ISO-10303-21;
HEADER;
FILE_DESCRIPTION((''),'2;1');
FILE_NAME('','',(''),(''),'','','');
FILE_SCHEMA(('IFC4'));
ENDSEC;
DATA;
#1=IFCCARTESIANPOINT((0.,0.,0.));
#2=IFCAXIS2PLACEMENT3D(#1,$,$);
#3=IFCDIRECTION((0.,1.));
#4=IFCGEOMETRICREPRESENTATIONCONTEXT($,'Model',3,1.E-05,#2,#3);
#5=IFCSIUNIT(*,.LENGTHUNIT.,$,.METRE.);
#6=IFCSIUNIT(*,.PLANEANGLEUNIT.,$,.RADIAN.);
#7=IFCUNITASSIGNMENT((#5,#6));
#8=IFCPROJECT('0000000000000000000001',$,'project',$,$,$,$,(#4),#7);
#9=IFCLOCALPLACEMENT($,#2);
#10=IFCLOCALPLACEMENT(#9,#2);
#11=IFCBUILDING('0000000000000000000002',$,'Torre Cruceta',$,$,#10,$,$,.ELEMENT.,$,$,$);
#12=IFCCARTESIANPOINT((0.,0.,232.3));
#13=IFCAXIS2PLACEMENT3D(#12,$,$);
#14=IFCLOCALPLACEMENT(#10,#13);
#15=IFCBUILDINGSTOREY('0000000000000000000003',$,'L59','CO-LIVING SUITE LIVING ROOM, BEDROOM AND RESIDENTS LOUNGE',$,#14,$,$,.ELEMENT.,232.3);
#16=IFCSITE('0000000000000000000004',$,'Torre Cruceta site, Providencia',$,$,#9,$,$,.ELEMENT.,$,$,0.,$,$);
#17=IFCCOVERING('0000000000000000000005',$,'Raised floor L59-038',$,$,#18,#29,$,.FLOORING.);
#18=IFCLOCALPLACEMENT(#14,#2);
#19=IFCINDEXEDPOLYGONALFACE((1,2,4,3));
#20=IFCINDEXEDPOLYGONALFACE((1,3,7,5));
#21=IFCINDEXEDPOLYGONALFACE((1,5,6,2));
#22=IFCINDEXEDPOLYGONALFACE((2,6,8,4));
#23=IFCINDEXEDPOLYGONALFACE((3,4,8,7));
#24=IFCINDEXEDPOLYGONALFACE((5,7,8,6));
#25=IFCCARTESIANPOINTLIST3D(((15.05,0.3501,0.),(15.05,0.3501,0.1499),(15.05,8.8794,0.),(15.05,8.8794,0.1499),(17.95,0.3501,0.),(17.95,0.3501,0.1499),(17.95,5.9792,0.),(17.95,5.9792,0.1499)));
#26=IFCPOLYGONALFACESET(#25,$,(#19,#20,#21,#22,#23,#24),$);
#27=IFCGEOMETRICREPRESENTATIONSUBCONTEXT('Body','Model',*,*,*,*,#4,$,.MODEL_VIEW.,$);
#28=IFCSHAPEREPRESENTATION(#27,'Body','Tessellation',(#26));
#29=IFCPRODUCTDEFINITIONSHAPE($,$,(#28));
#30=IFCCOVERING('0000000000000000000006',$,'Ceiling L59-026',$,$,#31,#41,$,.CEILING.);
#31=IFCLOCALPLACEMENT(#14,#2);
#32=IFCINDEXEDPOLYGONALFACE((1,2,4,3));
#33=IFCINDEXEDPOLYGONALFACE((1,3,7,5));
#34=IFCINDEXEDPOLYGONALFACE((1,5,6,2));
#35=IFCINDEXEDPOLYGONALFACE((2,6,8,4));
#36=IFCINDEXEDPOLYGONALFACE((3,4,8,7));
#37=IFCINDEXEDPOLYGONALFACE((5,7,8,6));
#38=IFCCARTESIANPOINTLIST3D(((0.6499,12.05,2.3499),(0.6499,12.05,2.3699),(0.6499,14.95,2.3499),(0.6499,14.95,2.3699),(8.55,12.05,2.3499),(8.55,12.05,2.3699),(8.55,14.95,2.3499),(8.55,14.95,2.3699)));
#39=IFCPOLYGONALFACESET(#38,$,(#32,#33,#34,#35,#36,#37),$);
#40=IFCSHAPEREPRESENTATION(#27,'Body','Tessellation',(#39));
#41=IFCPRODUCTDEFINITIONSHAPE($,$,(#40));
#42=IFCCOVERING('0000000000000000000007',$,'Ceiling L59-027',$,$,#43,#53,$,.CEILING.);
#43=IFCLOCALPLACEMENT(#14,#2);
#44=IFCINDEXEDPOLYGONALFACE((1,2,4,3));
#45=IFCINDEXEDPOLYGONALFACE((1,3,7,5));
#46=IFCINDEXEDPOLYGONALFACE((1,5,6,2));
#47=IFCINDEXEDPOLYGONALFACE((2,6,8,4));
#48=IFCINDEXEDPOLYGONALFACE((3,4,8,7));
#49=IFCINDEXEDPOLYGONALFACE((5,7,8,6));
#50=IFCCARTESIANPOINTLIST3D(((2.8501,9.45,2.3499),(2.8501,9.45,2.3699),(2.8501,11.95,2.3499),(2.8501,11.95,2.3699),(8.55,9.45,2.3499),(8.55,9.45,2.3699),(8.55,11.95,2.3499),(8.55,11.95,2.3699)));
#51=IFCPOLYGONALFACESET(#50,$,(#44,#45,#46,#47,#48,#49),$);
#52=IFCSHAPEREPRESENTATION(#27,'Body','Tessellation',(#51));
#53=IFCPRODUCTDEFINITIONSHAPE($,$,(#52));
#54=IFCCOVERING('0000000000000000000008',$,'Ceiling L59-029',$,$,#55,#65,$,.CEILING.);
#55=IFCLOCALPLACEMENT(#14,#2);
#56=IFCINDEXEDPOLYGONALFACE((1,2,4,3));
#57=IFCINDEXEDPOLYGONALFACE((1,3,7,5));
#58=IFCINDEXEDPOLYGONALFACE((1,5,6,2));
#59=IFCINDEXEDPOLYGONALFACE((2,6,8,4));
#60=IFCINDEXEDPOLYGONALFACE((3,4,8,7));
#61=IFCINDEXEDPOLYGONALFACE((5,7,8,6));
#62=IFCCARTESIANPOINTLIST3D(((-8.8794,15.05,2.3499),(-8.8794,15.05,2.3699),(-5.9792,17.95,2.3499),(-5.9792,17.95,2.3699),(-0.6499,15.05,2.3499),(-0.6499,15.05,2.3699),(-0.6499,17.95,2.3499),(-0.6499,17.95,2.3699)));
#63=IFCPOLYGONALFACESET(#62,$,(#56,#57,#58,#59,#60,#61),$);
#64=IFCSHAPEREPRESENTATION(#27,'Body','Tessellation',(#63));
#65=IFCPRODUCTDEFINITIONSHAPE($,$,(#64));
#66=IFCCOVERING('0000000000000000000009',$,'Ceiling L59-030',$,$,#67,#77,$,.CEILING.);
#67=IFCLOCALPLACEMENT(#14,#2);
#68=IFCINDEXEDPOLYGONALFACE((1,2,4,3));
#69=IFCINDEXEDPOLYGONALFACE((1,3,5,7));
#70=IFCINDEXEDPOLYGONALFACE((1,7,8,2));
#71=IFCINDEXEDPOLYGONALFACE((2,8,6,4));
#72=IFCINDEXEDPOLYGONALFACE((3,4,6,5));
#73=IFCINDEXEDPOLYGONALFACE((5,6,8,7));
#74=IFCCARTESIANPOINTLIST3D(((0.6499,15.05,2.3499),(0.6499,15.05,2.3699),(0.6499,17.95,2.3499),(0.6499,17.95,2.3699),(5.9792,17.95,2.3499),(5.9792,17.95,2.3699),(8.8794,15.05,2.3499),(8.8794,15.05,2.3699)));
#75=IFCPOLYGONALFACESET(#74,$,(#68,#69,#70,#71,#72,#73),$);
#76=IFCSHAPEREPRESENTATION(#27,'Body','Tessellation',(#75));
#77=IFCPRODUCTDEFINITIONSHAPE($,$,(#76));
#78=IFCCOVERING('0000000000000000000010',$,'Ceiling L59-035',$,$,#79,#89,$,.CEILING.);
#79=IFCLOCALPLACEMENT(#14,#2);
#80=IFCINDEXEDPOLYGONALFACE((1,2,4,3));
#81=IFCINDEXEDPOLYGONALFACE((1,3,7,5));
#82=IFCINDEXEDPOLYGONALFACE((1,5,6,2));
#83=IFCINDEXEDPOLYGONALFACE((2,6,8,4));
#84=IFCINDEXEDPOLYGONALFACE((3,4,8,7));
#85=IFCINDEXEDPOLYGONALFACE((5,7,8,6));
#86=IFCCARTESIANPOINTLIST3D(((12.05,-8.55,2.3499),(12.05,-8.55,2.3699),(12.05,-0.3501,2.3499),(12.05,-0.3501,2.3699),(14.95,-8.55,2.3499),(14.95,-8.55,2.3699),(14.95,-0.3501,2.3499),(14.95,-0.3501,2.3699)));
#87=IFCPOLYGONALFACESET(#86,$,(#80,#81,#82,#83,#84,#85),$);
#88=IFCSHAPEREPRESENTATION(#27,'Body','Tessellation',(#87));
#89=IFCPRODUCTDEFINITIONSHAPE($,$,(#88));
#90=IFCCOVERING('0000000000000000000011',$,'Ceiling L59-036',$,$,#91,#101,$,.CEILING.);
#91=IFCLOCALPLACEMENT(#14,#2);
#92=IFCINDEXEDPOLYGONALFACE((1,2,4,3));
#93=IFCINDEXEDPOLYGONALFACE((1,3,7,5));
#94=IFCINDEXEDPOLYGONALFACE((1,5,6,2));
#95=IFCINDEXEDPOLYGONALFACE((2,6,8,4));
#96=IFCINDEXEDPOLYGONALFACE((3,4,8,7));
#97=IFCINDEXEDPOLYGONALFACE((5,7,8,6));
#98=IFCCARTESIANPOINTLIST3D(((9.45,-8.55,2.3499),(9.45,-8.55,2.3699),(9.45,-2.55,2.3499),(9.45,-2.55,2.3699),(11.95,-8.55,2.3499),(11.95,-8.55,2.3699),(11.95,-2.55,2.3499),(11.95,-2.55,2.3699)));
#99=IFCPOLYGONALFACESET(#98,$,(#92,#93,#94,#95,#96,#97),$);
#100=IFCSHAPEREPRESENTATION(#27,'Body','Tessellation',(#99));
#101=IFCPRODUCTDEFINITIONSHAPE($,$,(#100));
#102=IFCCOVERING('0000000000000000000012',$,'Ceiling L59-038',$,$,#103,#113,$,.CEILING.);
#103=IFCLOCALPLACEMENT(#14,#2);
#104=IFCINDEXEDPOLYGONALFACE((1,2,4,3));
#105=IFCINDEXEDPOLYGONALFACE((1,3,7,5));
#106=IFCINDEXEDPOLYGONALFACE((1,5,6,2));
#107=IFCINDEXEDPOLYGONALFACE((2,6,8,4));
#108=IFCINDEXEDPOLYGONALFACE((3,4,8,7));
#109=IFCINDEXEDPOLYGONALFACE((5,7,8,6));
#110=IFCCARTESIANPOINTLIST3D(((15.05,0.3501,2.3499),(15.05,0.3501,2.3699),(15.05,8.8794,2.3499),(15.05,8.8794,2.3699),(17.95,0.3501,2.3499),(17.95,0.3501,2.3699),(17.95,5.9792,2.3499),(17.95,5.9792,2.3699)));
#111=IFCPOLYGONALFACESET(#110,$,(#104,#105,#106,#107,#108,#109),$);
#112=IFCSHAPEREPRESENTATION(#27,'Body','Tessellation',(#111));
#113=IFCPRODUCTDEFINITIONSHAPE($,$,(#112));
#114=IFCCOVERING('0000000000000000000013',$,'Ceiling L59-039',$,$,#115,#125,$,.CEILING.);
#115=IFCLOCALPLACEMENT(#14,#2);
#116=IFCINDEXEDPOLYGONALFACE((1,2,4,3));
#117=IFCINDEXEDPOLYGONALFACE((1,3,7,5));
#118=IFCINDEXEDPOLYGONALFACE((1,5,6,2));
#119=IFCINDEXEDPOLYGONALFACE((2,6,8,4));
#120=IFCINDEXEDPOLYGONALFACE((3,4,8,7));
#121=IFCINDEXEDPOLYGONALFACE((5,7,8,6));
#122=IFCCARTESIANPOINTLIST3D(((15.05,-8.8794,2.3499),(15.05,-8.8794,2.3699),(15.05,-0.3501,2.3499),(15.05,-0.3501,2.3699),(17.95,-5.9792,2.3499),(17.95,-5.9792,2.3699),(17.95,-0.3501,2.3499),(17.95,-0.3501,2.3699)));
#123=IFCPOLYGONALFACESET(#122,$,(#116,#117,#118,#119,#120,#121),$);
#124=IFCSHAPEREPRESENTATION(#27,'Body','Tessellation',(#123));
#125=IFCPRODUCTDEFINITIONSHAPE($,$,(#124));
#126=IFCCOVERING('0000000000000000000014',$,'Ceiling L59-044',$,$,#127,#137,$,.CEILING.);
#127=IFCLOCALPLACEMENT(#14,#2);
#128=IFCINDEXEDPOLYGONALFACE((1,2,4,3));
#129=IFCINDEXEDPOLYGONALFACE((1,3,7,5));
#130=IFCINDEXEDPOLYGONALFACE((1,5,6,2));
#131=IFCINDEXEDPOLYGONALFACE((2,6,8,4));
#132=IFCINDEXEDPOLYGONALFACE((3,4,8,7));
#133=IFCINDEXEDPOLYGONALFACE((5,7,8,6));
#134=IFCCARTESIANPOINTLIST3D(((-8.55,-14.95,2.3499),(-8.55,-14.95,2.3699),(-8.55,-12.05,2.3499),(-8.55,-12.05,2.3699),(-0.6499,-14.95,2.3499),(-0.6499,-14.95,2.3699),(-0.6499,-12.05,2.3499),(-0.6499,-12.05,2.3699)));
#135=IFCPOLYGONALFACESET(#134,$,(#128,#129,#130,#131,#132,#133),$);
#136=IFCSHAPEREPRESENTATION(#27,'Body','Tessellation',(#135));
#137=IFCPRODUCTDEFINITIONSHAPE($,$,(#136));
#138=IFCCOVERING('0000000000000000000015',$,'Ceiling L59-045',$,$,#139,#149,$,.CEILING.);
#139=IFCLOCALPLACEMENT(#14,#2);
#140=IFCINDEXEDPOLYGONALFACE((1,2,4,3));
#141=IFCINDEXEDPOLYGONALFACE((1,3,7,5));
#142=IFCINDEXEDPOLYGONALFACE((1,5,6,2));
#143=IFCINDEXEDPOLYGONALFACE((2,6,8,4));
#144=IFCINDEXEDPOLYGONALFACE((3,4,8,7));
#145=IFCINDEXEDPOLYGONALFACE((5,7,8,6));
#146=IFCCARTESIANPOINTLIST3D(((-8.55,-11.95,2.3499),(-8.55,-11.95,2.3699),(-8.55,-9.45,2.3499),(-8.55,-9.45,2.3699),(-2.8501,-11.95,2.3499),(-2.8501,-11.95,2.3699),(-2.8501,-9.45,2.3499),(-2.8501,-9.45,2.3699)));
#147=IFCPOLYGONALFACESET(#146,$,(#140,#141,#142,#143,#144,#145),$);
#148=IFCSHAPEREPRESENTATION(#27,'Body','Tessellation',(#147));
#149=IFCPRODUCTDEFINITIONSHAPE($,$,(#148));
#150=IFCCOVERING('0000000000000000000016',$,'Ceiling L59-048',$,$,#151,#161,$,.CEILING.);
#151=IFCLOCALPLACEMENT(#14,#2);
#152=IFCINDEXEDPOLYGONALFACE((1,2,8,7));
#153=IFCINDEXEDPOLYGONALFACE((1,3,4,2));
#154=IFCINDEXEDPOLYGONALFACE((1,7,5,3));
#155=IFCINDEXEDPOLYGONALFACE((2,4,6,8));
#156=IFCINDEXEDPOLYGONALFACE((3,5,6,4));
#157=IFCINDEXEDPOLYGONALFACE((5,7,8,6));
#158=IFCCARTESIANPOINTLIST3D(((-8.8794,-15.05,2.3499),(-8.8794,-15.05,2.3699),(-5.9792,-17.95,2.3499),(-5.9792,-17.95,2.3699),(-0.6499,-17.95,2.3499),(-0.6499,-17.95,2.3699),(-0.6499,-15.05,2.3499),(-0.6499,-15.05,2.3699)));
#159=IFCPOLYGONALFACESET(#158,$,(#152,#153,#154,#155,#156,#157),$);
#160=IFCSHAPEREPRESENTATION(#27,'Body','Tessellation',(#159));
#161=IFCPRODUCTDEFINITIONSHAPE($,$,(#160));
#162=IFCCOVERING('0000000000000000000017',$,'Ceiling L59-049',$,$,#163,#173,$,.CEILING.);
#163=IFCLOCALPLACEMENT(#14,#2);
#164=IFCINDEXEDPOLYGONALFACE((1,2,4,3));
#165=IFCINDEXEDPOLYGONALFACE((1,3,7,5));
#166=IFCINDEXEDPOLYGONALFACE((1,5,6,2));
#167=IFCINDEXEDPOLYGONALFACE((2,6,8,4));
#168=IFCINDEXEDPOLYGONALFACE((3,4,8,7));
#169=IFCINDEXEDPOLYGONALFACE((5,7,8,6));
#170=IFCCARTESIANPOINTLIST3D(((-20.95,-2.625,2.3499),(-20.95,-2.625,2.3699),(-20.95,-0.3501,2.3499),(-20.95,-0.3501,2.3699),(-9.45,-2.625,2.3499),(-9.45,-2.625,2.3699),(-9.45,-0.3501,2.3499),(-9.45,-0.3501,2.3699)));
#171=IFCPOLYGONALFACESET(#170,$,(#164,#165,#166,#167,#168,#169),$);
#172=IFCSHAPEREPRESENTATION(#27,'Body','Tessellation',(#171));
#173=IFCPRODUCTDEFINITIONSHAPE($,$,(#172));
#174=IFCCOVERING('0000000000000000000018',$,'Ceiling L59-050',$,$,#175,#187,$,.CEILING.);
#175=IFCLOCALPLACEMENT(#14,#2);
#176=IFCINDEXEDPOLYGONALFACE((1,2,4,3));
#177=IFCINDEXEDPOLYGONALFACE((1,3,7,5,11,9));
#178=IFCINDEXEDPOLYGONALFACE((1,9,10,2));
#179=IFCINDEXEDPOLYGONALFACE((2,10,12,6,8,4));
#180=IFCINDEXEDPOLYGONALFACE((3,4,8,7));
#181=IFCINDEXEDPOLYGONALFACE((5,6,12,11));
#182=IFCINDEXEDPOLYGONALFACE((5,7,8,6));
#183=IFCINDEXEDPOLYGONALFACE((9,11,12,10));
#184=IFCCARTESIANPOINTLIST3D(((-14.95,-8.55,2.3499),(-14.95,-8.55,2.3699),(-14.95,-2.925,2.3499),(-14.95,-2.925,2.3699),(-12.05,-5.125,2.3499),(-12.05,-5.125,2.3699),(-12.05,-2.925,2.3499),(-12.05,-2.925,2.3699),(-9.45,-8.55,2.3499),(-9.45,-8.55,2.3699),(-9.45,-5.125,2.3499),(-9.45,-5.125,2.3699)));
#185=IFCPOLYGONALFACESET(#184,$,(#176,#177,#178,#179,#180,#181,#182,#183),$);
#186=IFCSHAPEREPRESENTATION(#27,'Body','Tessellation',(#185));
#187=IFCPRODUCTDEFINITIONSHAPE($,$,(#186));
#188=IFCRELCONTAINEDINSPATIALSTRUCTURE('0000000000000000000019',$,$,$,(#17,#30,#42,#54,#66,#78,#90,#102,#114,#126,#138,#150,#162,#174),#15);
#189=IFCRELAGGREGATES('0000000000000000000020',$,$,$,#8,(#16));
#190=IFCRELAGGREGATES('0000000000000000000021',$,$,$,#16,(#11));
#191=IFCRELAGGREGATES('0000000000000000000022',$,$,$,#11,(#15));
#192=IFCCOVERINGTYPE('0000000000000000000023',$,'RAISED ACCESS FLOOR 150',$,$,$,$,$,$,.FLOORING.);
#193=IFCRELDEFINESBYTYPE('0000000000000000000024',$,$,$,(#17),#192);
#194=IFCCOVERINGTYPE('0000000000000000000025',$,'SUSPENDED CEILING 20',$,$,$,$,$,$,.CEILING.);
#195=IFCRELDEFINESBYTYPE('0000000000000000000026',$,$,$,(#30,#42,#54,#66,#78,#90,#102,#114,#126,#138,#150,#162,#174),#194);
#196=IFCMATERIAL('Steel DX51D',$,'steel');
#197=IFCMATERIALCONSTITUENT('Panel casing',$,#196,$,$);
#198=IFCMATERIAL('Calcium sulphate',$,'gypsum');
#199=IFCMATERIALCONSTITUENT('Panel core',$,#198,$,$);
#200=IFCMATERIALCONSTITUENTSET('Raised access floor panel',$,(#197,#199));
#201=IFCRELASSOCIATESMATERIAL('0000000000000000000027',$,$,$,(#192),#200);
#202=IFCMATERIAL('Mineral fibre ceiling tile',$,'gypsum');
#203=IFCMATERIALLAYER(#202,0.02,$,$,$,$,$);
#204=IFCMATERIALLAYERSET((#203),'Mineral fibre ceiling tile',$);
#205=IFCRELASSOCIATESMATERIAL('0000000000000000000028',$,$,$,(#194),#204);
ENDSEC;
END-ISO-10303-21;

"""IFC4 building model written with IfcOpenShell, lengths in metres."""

from ifc_helpers import new_model, si_unit, direction, frame, origin, place, context, subcontext, project, spatial, polyline, outline, extrude, material, layer, layer_set, constituent, constituent_set, type_object, element, save


model = new_model("IFC4")

# Units and contexts
model_context = context("Model", 3, precision=1e-05, world=origin(), true_north=direction((0.0, 1.0)))
body_context = subcontext(model_context, "Body", "Model", "MODEL_VIEW")
ifc_project = project(units=[si_unit("LENGTHUNIT", "METRE"), si_unit("PLANEANGLEUNIT", "RADIAN")], contexts=[model_context])

# Site, building, storey
site_placement = place(None, origin())
site = spatial("IfcSite", under=ifc_project, at=site_placement, Name="Torre Cruceta site, Providencia", CompositionType="ELEMENT", RefElevation=0.0)
building_placement = place(site_placement, origin())
building = spatial("IfcBuilding", under=site, at=building_placement, Name="Torre Cruceta", CompositionType="ELEMENT")
storey_placement = place(building_placement, frame((0.0, 0.0, 232.3)))
storey = spatial("IfcBuildingStorey", under=building, at=storey_placement, Name="L59", Description="CO-LIVING SUITE LIVING ROOM, BEDROOM AND RESIDENTS LOUNGE", CompositionType="ELEMENT", Elevation=232.3)

# Coverings
ifc_material_1 = material(Name="Steel DX51D", Category="steel")
ifc_constituent_1 = constituent(ifc_material_1, Name="Panel casing")
ifc_material_2 = material(Name="Calcium sulphate", Category="gypsum")
ifc_constituent_2 = constituent(ifc_material_2, Name="Panel core")
ifc_constituent_set_1 = constituent_set(constituents=[ifc_constituent_1, ifc_constituent_2], Name="Raised access floor panel")
covering_type_1 = type_object("IfcCoveringType", Name="RAISED ACCESS FLOOR 150", PredefinedType="FLOORING", material=ifc_constituent_set_1)
covering_1_placement = place(storey_placement, origin())
element("IfcCovering", 1, at=covering_1_placement, inside=storey, type_object=covering_type_1, Name="Raised floor L59-038", PredefinedType="FLOORING", context=body_context, shape_type="SweptSolid", body=[
    extrude(outline(polyline([(17.95, 5.9792), (17.95, 0.3501), (15.05, 0.3501), (15.05, 8.8794), (17.95, 5.9792)])), origin(), (0.0, 0.0, 1.0), 0.1499),
])
ifc_material_3 = material(Name="Mineral fibre ceiling tile", Category="gypsum")
ifc_layer_1 = layer(ifc_material_3, 0.02)
ifc_layer_set_1 = layer_set([ifc_layer_1], Name="Mineral fibre ceiling tile")
covering_type_2 = type_object("IfcCoveringType", Name="SUSPENDED CEILING 20", PredefinedType="CEILING", material=ifc_layer_set_1)
covering_2_placement = place(storey_placement, frame((0.0, 0.0, 2.3499)))
element("IfcCovering", 2, at=covering_2_placement, inside=storey, type_object=covering_type_2, Name="Ceiling L59-026", PredefinedType="CEILING", context=body_context, shape_type="SweptSolid", body=[
    extrude(outline(polyline([(8.55, 14.95), (8.55, 12.05), (0.6499, 12.05), (0.6499, 14.95), (8.55, 14.95)])), origin(), (0.0, 0.0, 1.0), 0.02),
])
covering_3_placement = place(storey_placement, frame((0.0, 0.0, 2.3499)))
element("IfcCovering", 3, at=covering_3_placement, inside=storey, type_object=covering_type_2, Name="Ceiling L59-027", PredefinedType="CEILING", context=body_context, shape_type="SweptSolid", body=[
    extrude(outline(polyline([(8.55, 9.45), (2.8501, 9.45), (2.8501, 11.95), (8.55, 11.95), (8.55, 9.45)])), origin(), (0.0, 0.0, 1.0), 0.02),
])
covering_4_placement = place(storey_placement, frame((0.0, 0.0, 2.3499)))
element("IfcCovering", 4, at=covering_4_placement, inside=storey, type_object=covering_type_2, Name="Ceiling L59-029", PredefinedType="CEILING", context=body_context, shape_type="SweptSolid", body=[
    extrude(outline(polyline([(-5.9792, 17.95), (-0.6499, 17.95), (-0.6499, 15.05), (-8.8794, 15.05), (-5.9792, 17.95)])), origin(), (0.0, 0.0, 1.0), 0.02),
])
covering_5_placement = place(storey_placement, frame((0.0, 0.0, 2.3499)))
element("IfcCovering", 5, at=covering_5_placement, inside=storey, type_object=covering_type_2, Name="Ceiling L59-030", PredefinedType="CEILING", context=body_context, shape_type="SweptSolid", body=[
    extrude(outline(polyline([(8.8794, 15.05), (0.6499, 15.05), (0.6499, 17.95), (5.9792, 17.95), (8.8794, 15.05)])), origin(), (0.0, 0.0, 1.0), 0.02),
])
covering_6_placement = place(storey_placement, frame((0.0, 0.0, 2.3499)))
element("IfcCovering", 6, at=covering_6_placement, inside=storey, type_object=covering_type_2, Name="Ceiling L59-035", PredefinedType="CEILING", context=body_context, shape_type="SweptSolid", body=[
    extrude(outline(polyline([(14.95, -8.55), (12.05, -8.55), (12.05, -0.3501), (14.95, -0.3501), (14.95, -8.55)])), origin(), (0.0, 0.0, 1.0), 0.02),
])
covering_7_placement = place(storey_placement, frame((0.0, 0.0, 2.3499)))
element("IfcCovering", 7, at=covering_7_placement, inside=storey, type_object=covering_type_2, Name="Ceiling L59-036", PredefinedType="CEILING", context=body_context, shape_type="SweptSolid", body=[
    extrude(outline(polyline([(9.45, -8.55), (9.45, -2.55), (11.95, -2.55), (11.95, -8.55), (9.45, -8.55)])), origin(), (0.0, 0.0, 1.0), 0.02),
])
covering_8_placement = place(storey_placement, frame((0.0, 0.0, 2.3499)))
element("IfcCovering", 8, at=covering_8_placement, inside=storey, type_object=covering_type_2, Name="Ceiling L59-038", PredefinedType="CEILING", context=body_context, shape_type="SweptSolid", body=[
    extrude(outline(polyline([(17.95, 5.9792), (17.95, 0.3501), (15.05, 0.3501), (15.05, 8.8794), (17.95, 5.9792)])), origin(), (0.0, 0.0, 1.0), 0.02),
])
covering_9_placement = place(storey_placement, frame((0.0, 0.0, 2.3499)))
element("IfcCovering", 9, at=covering_9_placement, inside=storey, type_object=covering_type_2, Name="Ceiling L59-039", PredefinedType="CEILING", context=body_context, shape_type="SweptSolid", body=[
    extrude(outline(polyline([(15.05, -8.8794), (15.05, -0.3501), (17.95, -0.3501), (17.95, -5.9792), (15.05, -8.8794)])), origin(), (0.0, 0.0, 1.0), 0.02),
])
covering_10_placement = place(storey_placement, frame((0.0, 0.0, 2.3499)))
element("IfcCovering", 10, at=covering_10_placement, inside=storey, type_object=covering_type_2, Name="Ceiling L59-044", PredefinedType="CEILING", context=body_context, shape_type="SweptSolid", body=[
    extrude(outline(polyline([(-8.55, -14.95), (-8.55, -12.05), (-0.6499, -12.05), (-0.6499, -14.95), (-8.55, -14.95)])), origin(), (0.0, 0.0, 1.0), 0.02),
])
covering_11_placement = place(storey_placement, frame((0.0, 0.0, 2.3499)))
element("IfcCovering", 11, at=covering_11_placement, inside=storey, type_object=covering_type_2, Name="Ceiling L59-045", PredefinedType="CEILING", context=body_context, shape_type="SweptSolid", body=[
    extrude(outline(polyline([(-8.55, -9.45), (-2.8501, -9.45), (-2.8501, -11.95), (-8.55, -11.95), (-8.55, -9.45)])), origin(), (0.0, 0.0, 1.0), 0.02),
])
covering_12_placement = place(storey_placement, frame((0.0, 0.0, 2.3499)))
element("IfcCovering", 12, at=covering_12_placement, inside=storey, type_object=covering_type_2, Name="Ceiling L59-048", PredefinedType="CEILING", context=body_context, shape_type="SweptSolid", body=[
    extrude(outline(polyline([(-8.8794, -15.05), (-0.6499, -15.05), (-0.6499, -17.95), (-5.9792, -17.95), (-8.8794, -15.05)])), origin(), (0.0, 0.0, 1.0), 0.02),
])
covering_13_placement = place(storey_placement, frame((0.0, 0.0, 2.3499)))
element("IfcCovering", 13, at=covering_13_placement, inside=storey, type_object=covering_type_2, Name="Ceiling L59-049", PredefinedType="CEILING", context=body_context, shape_type="SweptSolid", body=[
    extrude(outline(polyline([(-9.45, -0.3501), (-9.45, -2.625), (-20.95, -2.625), (-20.95, -0.3501), (-9.45, -0.3501)])), origin(), (0.0, 0.0, 1.0), 0.02),
])
covering_14_placement = place(storey_placement, frame((0.0, 0.0, 2.3499)))
element("IfcCovering", 14, at=covering_14_placement, inside=storey, type_object=covering_type_2, Name="Ceiling L59-050", PredefinedType="CEILING", context=body_context, shape_type="SweptSolid", body=[
    extrude(outline(polyline([(-9.45, -8.55), (-14.95, -8.55), (-14.95, -2.925), (-12.05, -2.925), (-12.05, -5.125), (-9.45, -5.125), (-9.45, -8.55)])), origin(), (0.0, 0.0, 1.0), 0.02),
])

save(model, "model.ifc")
